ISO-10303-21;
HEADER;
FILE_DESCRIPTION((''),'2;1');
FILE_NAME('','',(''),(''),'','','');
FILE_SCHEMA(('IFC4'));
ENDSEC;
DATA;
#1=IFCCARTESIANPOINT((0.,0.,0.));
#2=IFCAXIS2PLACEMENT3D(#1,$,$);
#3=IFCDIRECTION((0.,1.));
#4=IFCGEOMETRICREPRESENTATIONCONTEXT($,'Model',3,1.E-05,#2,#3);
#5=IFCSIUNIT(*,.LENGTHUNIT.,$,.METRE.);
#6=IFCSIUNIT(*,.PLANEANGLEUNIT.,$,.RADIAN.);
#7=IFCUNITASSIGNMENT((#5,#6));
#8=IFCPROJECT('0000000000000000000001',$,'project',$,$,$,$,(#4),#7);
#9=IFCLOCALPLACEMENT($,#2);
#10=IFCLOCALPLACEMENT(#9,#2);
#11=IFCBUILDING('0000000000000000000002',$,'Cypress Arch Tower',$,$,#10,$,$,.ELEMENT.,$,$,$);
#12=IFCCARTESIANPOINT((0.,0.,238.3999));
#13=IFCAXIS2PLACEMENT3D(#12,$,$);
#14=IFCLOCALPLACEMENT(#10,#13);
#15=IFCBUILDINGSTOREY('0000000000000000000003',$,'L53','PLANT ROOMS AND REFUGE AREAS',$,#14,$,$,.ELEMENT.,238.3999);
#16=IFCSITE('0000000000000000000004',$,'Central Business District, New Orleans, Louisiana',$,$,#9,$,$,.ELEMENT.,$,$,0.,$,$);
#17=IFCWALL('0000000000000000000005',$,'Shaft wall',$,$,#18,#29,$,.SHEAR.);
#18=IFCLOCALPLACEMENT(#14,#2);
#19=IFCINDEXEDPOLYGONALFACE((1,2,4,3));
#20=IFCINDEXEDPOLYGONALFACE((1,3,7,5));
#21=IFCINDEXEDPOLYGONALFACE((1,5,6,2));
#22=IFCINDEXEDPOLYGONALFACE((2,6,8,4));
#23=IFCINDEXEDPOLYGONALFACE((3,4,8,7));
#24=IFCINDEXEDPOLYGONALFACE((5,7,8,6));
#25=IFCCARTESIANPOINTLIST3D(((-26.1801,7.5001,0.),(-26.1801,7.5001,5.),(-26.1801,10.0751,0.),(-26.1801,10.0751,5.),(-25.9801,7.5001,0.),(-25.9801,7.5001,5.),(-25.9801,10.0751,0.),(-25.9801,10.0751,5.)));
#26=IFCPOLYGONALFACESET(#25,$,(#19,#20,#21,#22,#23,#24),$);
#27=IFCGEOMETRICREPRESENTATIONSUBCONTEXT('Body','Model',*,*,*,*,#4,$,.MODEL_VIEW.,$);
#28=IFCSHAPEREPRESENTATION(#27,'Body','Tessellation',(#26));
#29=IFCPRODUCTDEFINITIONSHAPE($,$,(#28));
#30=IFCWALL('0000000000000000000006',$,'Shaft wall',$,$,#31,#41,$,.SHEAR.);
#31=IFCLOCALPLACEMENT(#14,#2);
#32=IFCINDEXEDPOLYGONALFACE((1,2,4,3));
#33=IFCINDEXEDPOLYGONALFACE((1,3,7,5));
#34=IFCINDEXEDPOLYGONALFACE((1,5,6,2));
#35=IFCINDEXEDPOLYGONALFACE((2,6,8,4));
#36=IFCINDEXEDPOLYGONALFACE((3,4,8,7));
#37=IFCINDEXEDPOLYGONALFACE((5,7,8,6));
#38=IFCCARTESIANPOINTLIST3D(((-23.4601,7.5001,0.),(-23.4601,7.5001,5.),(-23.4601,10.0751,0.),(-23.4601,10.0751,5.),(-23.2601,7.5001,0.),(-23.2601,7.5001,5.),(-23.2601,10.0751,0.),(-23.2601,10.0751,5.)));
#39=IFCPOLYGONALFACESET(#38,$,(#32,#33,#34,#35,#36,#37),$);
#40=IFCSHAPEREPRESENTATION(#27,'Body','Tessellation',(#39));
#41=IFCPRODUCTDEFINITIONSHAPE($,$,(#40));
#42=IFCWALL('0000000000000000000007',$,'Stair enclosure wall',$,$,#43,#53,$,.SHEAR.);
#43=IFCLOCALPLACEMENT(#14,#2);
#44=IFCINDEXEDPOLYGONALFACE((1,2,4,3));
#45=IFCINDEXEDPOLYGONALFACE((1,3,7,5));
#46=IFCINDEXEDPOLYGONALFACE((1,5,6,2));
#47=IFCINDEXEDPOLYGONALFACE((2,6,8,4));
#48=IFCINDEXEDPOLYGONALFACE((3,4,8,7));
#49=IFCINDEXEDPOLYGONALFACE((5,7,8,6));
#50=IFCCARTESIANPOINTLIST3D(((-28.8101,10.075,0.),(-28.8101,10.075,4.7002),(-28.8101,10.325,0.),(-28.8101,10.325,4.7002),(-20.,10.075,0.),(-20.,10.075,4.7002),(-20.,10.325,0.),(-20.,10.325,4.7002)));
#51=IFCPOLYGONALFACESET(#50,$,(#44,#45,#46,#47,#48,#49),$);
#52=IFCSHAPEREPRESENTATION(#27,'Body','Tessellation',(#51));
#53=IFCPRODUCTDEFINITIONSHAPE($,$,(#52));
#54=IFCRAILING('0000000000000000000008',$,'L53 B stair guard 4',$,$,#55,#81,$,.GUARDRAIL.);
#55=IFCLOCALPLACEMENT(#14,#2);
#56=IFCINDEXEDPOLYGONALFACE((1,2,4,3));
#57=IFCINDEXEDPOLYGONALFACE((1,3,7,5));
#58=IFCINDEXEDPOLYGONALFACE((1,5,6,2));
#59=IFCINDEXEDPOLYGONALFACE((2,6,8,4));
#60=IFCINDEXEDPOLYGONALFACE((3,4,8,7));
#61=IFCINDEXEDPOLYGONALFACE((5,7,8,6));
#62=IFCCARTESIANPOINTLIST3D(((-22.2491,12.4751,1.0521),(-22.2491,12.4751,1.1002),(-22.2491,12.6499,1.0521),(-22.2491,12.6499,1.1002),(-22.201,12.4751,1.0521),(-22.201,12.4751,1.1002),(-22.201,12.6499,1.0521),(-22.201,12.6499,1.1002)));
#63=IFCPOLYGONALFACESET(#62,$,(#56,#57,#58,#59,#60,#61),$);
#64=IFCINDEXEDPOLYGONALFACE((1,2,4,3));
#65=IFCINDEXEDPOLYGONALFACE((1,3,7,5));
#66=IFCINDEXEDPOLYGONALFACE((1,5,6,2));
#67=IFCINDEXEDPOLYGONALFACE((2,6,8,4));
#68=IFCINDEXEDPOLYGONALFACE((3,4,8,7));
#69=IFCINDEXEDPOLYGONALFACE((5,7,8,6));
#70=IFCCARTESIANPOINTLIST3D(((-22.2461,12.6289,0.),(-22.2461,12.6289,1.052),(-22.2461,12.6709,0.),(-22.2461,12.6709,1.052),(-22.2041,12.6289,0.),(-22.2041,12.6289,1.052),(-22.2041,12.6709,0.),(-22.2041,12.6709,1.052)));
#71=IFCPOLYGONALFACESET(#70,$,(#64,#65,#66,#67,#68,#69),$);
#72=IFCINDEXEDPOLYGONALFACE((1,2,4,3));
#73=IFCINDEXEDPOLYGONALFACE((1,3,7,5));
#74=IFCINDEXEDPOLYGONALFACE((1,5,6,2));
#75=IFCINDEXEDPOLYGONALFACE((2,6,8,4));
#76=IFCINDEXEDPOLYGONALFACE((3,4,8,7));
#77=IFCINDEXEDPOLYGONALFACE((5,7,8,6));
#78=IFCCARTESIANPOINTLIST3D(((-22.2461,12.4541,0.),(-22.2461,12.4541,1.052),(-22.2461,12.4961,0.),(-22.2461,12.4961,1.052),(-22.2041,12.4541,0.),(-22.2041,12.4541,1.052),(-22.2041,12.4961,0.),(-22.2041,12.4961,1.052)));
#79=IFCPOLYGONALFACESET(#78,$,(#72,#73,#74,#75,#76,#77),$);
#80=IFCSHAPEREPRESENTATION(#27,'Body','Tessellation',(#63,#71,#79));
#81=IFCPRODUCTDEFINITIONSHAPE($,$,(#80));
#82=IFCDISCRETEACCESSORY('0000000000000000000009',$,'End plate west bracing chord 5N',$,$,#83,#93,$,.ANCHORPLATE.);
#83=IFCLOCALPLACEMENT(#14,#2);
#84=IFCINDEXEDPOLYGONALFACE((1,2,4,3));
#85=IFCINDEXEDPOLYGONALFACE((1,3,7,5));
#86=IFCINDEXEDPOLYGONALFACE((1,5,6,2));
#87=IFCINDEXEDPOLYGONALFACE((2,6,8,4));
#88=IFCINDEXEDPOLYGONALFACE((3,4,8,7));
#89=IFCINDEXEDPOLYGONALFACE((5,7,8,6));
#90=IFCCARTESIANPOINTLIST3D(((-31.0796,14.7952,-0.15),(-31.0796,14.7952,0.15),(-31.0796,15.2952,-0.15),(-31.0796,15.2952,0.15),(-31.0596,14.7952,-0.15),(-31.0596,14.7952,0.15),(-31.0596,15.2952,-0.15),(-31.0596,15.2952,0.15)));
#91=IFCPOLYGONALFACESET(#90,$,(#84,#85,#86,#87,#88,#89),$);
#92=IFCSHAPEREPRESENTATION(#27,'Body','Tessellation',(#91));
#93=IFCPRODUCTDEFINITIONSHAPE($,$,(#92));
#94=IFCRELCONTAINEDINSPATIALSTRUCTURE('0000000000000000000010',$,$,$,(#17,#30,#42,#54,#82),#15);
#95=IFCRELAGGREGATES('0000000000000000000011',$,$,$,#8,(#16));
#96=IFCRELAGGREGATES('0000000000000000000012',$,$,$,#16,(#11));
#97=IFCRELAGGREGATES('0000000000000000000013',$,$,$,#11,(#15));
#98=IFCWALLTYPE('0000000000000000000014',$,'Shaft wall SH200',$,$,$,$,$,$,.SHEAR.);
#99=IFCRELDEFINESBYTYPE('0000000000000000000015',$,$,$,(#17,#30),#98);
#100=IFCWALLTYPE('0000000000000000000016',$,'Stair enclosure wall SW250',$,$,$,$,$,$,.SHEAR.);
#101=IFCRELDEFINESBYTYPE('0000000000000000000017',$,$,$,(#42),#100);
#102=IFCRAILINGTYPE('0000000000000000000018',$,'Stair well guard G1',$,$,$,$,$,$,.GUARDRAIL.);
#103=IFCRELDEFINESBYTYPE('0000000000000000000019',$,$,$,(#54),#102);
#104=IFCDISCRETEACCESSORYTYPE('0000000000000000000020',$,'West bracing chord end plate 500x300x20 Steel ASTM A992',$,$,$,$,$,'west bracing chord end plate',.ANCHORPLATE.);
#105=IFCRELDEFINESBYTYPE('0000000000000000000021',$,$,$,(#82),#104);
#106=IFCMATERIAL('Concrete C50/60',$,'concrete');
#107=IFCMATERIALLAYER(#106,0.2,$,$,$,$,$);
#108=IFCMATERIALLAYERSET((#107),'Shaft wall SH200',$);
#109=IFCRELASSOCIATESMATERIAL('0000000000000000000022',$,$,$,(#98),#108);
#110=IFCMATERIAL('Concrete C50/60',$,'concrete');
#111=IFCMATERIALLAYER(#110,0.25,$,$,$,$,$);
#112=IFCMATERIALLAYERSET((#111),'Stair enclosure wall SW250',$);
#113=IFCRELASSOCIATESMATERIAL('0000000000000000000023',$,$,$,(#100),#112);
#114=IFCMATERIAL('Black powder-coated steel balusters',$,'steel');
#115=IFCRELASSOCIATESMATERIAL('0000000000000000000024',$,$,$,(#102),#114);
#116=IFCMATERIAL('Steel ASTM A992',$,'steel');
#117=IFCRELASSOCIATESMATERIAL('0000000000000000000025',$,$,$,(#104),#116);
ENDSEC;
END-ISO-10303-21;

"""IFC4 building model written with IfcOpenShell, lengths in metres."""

from ifc_helpers import new_model, si_unit, direction, frame, frame_2d, origin, origin_2d, place, context, subcontext, project, spatial, rectangle, extrude, material, layer, layer_set, material_profile, profile_set, type_object, element, save


model = new_model("IFC4")

# Units and contexts
model_context = context("Model", 3, precision=1e-05, world=origin(), true_north=direction((0.0, 1.0)))
body_context = subcontext(model_context, "Body", "Model", "MODEL_VIEW")
ifc_project = project(units=[si_unit("LENGTHUNIT", "METRE"), si_unit("PLANEANGLEUNIT", "RADIAN")], contexts=[model_context])

# Site, building, storey
site_placement = place(None, origin())
site = spatial("IfcSite", under=ifc_project, at=site_placement, Name="Central Business District, New Orleans, Louisiana", CompositionType="ELEMENT", RefElevation=0.0)
building_placement = place(site_placement, origin())
building = spatial("IfcBuilding", under=site, at=building_placement, Name="Cypress Arch Tower", CompositionType="ELEMENT")
storey_placement = place(building_placement, frame((0.0, 0.0, 238.3999)))
storey = spatial("IfcBuildingStorey", under=building, at=storey_placement, Name="L53", Description="PLANT ROOMS AND REFUGE AREAS", CompositionType="ELEMENT", Elevation=238.3999)

# Walls
ifc_material_1 = material(Name="Concrete C50/60", Category="concrete")
ifc_layer_1 = layer(ifc_material_1, 0.2)
ifc_layer_set_1 = layer_set([ifc_layer_1], Name="Shaft wall SH200")
wall_type_1 = type_object("IfcWallType", Name="Shaft wall SH200", PredefinedType="SHEAR", material=ifc_layer_set_1)
for number, where, z_axis, x_axis, name in (
    (1, (-26.0801, 7.5, 0.0), (0.0, 0.0, 1.0), (0.0, 1.0, 0.0), "Shaft wall"),
    (2, (-23.3601, 7.5, 0.0), (0.0, 0.0, 1.0), (0.0, 1.0, 0.0), "Shaft wall"),
):
    element("IfcWall", number, at=place(storey_placement, frame(where, z_axis=z_axis, x_axis=x_axis)), inside=storey, type_object=wall_type_1, Name=name, PredefinedType="SHEAR", context=body_context, shape_type="SweptSolid", body=[
        extrude(rectangle(XDim=2.575, YDim=0.2, at=frame_2d((1.2876, 0.0))), origin(), (0.0, 0.0, 1.0), 5.0),
    ])
ifc_material_2 = material(Name="Concrete C50/60", Category="concrete")
ifc_layer_2 = layer(ifc_material_2, 0.25)
ifc_layer_set_2 = layer_set([ifc_layer_2], Name="Stair enclosure wall SW250")
wall_type_2 = type_object("IfcWallType", Name="Stair enclosure wall SW250", PredefinedType="SHEAR", material=ifc_layer_set_2)
wall_1_placement = place(storey_placement, frame((-28.8101, 10.2, 0.0), z_axis=(0.0, 0.0, 1.0), x_axis=(1.0, 0.0, 0.0)))
element("IfcWall", 3, at=wall_1_placement, inside=storey, type_object=wall_type_2, Name="Stair enclosure wall", PredefinedType="SHEAR", context=body_context, shape_type="SweptSolid", body=[
    extrude(rectangle(XDim=8.8101, YDim=0.25, at=frame_2d((4.405, 0.0))), origin(), (0.0, 0.0, 1.0), 4.7002),
])

# Railing
ifc_material_3 = material(Name="Black powder-coated steel balusters", Category="steel")
railing_type = type_object("IfcRailingType", Name="Stair well guard G1", PredefinedType="GUARDRAIL", material=ifc_material_3)
railing_placement = place(storey_placement, frame((-22.2251, 12.6499, 0.0)))
element("IfcRailing", 4, at=railing_placement, inside=storey, type_object=railing_type, Name="L53 B stair guard 4", PredefinedType="GUARDRAIL", context=body_context, shape_type="SweptSolid", body=[
    extrude(rectangle(XDim=0.0481, YDim=0.0481, at=origin_2d()), frame((0.0, 0.0, 1.0762), z_axis=(0.0, -1.0, 0.0), x_axis=(1.0, 0.0, 0.0)), (0.0, 0.0, 1.0), 0.1748),
    extrude(rectangle(XDim=0.042, YDim=0.042, at=origin_2d()), origin(), (0.0, 0.0, 1.0), 1.052),
    extrude(rectangle(XDim=0.042, YDim=0.042, at=origin_2d()), frame((0.0, -0.1748, 0.0)), (0.0, 0.0, 1.0), 1.052),
])

# Discrete accessory
ifc_material_4 = material(Name="Steel ASTM A992", Category="steel")
ifc_material_profile_1 = material_profile(ifc_material_4, rectangle(XDim=0.5, YDim=0.3, at=origin_2d()), Name="PL 20 500x300")
ifc_profile_set_1 = profile_set([ifc_material_profile_1], Name="Steel ASTM A992")
discrete_accessory_type = type_object("IfcDiscreteAccessoryType", Name="West bracing chord end plate 500x300x20 Steel ASTM A992", ElementType="west bracing chord end plate", PredefinedType="ANCHORPLATE", material=ifc_profile_set_1)
discrete_accessory_placement = place(storey_placement, frame((-31.0596, 15.0452, 0.0), z_axis=(-1.0, 0.0, 0.0), x_axis=(0.0, -1.0, 0.0)))
element("IfcDiscreteAccessory", 5, at=discrete_accessory_placement, inside=storey, type_object=discrete_accessory_type, Name="End plate west bracing chord 5N", PredefinedType="ANCHORPLATE", context=body_context, shape_type="SweptSolid", body=[
    extrude(rectangle(XDim=0.5, YDim=0.3, at=origin_2d()), origin(), (0.0, 0.0, 1.0), 0.02),
])

save(model, "model.ifc")
